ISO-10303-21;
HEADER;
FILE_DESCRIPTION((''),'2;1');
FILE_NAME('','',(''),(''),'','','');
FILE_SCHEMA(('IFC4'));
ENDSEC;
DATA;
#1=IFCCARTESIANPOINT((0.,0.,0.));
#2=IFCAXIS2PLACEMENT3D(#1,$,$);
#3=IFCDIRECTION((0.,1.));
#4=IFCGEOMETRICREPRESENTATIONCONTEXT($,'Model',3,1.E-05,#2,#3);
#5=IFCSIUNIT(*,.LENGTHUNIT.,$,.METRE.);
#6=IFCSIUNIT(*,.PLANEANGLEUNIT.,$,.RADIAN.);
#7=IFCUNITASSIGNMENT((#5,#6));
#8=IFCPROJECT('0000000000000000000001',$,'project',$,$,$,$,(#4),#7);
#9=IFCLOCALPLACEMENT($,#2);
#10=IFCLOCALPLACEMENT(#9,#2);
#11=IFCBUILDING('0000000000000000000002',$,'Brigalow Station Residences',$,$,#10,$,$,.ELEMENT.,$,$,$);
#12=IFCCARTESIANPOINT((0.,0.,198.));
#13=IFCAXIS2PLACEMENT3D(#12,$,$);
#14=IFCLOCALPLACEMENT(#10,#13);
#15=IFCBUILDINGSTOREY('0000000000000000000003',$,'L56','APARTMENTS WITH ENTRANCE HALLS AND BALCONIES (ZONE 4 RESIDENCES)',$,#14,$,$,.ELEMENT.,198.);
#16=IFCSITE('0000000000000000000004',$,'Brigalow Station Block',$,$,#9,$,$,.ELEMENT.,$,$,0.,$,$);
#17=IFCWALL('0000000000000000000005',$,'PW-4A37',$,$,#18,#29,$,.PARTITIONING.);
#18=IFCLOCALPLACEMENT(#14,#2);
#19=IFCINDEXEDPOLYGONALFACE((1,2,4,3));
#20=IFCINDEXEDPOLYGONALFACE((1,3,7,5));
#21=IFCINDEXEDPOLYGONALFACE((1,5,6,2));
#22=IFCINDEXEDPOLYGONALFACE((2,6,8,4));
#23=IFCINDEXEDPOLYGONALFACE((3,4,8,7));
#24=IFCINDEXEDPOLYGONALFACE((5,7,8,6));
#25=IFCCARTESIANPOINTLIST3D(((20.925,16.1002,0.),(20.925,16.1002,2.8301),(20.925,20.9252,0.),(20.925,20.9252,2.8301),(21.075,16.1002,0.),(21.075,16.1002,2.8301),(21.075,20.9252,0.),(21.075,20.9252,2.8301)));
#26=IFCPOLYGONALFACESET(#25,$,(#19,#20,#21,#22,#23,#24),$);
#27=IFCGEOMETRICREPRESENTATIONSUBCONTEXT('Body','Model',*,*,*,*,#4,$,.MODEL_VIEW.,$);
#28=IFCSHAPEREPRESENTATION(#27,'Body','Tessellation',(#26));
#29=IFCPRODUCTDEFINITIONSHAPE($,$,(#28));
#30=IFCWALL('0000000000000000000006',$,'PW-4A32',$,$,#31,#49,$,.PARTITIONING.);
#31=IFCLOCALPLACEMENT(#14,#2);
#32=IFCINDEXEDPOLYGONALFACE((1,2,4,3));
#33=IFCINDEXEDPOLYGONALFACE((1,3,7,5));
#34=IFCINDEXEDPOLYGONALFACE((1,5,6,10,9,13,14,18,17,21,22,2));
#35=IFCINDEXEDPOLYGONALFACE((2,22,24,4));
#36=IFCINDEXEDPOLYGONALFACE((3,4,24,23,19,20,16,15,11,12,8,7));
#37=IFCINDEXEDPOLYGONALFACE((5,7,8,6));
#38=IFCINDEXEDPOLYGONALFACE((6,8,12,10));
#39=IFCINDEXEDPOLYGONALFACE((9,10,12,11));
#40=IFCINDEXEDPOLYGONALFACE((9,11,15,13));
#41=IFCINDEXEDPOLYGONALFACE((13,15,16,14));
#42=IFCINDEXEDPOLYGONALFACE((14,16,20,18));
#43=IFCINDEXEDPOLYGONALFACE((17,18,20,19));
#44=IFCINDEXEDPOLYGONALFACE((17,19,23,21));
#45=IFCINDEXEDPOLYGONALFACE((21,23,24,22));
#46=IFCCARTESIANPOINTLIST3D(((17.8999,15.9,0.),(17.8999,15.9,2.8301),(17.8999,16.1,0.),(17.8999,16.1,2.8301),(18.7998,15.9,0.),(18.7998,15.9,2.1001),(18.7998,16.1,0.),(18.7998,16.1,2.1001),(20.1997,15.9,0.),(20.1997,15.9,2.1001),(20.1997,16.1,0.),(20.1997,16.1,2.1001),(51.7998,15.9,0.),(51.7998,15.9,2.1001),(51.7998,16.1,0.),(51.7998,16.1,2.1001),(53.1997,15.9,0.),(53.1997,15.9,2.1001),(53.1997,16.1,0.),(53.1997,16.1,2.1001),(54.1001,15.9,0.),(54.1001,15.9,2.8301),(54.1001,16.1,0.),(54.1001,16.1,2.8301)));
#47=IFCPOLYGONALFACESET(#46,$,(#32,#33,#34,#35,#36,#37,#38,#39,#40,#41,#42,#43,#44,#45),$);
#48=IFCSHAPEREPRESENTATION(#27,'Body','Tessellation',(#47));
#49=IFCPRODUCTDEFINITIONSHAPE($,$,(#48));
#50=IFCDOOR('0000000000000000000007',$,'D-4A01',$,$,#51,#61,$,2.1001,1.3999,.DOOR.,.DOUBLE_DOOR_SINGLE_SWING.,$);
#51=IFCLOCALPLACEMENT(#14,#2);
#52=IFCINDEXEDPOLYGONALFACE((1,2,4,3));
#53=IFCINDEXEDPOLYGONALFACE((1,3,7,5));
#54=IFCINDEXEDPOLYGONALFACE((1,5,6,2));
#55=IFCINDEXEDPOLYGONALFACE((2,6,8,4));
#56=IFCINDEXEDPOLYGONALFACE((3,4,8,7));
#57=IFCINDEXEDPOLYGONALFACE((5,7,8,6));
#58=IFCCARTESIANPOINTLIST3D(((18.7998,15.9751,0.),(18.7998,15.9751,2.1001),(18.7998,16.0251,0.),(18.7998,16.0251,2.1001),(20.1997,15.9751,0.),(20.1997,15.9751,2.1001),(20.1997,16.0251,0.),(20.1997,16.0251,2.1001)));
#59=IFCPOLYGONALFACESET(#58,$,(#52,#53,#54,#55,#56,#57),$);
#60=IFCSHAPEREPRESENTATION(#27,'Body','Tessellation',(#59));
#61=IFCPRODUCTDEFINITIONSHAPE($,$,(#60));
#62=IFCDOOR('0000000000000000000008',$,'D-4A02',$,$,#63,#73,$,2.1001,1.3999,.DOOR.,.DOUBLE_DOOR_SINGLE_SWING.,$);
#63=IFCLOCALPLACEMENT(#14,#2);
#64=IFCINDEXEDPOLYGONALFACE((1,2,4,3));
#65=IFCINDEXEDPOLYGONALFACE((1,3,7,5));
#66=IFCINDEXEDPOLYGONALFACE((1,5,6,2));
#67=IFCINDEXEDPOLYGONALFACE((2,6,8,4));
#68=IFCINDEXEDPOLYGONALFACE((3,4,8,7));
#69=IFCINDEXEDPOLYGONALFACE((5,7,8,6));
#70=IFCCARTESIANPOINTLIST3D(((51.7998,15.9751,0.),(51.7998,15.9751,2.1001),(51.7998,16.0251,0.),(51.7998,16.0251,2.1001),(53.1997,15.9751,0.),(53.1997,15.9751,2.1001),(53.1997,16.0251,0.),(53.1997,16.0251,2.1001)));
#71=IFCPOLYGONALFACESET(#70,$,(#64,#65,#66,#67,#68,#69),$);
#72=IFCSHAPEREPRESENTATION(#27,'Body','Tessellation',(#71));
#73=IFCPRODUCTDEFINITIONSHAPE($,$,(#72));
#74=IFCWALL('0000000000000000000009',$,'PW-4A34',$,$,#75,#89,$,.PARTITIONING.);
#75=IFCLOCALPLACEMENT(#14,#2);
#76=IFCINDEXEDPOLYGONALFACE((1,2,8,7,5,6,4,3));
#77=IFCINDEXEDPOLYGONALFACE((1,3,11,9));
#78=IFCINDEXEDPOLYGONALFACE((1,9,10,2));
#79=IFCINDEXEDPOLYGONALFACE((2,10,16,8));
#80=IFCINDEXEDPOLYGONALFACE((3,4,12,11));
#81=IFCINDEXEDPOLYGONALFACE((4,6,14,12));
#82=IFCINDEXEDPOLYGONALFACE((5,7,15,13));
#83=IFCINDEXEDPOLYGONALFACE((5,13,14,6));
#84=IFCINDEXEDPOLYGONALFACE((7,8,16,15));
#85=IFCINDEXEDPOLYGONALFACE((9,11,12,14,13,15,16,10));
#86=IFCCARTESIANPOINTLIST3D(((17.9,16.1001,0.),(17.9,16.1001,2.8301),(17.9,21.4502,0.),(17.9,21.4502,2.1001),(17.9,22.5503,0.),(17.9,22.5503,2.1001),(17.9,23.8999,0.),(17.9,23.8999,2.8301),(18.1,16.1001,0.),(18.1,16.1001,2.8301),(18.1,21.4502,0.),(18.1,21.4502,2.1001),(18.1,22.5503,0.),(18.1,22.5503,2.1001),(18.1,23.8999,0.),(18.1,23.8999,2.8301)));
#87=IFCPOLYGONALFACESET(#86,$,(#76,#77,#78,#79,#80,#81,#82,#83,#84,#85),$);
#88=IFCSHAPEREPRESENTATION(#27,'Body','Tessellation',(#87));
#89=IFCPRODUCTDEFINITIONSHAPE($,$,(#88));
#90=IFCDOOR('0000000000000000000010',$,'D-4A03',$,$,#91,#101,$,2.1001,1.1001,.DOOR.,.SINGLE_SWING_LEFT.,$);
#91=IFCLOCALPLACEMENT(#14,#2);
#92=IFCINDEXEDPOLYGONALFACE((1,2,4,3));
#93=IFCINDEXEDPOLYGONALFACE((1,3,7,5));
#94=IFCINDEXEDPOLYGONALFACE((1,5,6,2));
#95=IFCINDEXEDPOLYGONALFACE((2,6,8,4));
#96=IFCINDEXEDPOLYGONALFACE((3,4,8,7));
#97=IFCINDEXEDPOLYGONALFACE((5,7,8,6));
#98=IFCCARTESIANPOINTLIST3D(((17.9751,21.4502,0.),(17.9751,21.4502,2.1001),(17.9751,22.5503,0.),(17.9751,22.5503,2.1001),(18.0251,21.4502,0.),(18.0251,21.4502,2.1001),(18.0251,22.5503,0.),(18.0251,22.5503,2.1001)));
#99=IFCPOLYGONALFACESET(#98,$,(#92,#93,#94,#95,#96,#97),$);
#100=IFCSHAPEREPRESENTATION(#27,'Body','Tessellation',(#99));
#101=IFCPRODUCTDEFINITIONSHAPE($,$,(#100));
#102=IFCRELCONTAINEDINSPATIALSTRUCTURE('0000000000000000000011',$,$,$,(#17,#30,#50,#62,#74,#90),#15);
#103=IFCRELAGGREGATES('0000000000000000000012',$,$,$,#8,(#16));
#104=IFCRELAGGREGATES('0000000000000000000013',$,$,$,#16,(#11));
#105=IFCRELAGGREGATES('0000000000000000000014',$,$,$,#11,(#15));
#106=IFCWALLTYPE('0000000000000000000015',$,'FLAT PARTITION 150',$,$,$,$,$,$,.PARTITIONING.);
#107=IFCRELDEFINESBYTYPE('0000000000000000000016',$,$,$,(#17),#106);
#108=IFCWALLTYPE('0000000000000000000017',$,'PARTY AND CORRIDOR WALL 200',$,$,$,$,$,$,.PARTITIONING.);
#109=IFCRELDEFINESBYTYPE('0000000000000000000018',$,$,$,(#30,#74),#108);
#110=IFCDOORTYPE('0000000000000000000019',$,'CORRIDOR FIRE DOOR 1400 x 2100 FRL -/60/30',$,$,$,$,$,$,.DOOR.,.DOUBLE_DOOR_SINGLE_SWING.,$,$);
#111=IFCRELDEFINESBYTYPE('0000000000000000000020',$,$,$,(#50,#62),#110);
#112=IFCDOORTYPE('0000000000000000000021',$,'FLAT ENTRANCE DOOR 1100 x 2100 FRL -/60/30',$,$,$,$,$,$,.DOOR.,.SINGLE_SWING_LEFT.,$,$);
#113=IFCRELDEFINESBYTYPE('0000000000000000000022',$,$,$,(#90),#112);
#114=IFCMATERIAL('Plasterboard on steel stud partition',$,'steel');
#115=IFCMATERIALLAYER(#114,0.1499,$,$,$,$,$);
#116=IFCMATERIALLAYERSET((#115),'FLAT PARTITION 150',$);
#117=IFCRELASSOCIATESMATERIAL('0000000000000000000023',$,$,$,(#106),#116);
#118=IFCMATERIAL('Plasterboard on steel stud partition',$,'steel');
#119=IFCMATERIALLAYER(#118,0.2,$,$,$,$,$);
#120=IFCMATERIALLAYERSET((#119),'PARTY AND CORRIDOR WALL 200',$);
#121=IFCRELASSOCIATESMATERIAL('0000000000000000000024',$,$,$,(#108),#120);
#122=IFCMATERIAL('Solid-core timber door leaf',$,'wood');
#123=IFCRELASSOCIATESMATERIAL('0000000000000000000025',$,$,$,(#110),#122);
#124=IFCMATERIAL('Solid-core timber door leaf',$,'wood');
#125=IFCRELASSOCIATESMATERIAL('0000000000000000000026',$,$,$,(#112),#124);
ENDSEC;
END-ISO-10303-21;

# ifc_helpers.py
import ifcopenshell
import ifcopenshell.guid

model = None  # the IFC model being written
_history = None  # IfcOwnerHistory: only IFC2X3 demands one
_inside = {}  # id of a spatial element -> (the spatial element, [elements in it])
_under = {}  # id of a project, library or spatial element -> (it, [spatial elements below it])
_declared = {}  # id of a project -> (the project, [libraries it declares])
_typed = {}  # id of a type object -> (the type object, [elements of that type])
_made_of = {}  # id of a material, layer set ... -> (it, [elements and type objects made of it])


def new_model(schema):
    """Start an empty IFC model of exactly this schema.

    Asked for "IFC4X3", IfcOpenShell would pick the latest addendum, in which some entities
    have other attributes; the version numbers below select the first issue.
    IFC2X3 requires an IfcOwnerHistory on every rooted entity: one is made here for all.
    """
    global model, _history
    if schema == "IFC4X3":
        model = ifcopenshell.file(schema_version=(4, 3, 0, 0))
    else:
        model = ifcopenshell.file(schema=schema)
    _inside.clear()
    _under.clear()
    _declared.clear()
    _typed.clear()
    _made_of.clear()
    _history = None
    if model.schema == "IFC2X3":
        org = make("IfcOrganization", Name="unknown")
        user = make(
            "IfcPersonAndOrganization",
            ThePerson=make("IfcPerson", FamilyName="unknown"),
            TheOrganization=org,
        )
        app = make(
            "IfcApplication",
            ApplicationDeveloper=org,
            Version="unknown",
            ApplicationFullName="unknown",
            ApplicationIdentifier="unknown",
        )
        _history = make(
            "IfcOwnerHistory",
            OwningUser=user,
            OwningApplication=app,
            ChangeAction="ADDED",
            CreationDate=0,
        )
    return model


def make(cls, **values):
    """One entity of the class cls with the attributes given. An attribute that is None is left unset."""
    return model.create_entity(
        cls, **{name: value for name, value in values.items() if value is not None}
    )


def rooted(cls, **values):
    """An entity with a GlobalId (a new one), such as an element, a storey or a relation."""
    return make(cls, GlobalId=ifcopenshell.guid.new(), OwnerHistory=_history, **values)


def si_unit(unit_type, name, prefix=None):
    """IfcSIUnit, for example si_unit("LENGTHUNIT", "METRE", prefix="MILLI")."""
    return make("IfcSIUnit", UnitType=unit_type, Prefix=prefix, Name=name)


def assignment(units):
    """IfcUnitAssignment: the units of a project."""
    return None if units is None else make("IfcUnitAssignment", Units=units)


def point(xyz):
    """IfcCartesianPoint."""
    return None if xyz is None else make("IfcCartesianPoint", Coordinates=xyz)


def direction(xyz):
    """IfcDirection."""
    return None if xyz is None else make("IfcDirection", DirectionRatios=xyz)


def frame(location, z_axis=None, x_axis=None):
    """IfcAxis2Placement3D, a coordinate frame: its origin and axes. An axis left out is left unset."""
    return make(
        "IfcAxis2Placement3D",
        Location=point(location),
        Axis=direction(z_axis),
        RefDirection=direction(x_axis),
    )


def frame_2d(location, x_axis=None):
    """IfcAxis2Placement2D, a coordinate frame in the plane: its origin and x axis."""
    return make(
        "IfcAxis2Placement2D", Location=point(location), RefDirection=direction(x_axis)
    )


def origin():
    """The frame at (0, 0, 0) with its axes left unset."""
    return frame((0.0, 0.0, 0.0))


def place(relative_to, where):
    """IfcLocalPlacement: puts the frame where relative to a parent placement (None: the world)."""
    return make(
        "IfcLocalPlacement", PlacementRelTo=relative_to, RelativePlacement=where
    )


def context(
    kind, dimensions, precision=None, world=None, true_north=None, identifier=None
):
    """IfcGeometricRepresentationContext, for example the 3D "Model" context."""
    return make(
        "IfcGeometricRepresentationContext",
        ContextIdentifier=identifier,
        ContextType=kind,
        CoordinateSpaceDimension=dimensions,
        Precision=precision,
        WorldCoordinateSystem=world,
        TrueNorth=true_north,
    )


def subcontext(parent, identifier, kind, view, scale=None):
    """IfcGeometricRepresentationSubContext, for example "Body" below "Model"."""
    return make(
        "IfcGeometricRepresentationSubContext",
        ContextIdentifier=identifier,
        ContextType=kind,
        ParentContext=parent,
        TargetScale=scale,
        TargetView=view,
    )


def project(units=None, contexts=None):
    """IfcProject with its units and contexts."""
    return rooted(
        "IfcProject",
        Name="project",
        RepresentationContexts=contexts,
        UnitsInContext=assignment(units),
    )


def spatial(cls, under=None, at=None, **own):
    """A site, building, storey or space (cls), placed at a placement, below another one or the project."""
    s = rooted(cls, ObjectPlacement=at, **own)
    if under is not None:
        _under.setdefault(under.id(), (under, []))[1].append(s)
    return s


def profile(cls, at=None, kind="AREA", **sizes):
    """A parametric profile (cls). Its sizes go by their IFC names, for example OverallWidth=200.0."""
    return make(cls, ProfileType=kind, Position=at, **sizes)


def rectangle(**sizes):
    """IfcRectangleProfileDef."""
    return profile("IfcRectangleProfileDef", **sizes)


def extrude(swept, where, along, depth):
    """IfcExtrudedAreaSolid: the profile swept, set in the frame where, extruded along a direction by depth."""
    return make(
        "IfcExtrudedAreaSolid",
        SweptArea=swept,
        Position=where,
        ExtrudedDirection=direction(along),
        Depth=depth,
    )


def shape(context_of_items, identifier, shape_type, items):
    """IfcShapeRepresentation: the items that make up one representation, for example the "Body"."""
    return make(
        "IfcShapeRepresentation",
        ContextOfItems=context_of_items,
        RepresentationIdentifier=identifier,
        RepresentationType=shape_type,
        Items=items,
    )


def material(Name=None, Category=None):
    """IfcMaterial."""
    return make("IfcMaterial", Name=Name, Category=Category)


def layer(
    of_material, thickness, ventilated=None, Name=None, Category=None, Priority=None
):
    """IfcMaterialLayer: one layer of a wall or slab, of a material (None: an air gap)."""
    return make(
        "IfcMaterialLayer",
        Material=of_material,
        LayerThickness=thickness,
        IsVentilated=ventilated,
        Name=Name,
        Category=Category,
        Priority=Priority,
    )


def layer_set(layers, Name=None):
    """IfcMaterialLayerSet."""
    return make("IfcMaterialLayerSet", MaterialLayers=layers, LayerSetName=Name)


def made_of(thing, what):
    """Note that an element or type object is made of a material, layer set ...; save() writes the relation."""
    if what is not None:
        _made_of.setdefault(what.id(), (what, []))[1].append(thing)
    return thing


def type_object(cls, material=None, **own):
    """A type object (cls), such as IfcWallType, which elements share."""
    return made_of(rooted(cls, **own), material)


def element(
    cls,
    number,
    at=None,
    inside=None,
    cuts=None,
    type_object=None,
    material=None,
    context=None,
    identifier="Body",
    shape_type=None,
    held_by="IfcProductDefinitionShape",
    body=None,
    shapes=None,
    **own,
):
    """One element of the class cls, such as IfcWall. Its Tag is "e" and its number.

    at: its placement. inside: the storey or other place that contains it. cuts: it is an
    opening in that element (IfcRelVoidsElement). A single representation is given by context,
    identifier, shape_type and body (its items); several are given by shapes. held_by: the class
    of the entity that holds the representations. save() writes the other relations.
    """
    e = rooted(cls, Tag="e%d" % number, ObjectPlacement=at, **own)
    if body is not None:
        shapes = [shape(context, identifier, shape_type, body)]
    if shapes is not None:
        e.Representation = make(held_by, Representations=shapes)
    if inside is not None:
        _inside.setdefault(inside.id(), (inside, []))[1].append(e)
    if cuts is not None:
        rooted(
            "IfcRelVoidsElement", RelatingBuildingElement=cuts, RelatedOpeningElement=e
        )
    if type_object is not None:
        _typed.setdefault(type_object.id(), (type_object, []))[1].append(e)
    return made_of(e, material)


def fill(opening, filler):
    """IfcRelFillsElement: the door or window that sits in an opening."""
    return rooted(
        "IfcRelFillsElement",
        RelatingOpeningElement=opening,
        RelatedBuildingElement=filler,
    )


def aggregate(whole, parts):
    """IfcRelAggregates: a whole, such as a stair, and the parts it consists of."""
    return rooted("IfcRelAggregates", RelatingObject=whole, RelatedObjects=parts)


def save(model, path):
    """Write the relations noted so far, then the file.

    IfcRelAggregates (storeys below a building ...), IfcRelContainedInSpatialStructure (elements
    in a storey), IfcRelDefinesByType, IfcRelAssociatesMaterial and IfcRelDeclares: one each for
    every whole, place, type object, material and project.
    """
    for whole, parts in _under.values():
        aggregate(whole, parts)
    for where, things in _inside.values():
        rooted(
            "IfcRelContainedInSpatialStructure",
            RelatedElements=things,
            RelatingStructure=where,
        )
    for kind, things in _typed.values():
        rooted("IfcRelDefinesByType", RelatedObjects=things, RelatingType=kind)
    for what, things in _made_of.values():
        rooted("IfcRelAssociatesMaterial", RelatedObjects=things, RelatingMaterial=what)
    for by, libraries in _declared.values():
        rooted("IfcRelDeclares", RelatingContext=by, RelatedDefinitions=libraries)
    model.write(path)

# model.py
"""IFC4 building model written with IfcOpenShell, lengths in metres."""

from ifc_helpers import new_model, si_unit, direction, frame, frame_2d, origin, place, context, subcontext, project, spatial, rectangle, extrude, material, layer, layer_set, type_object, element, fill, save


model = new_model("IFC4")

# Units and contexts
model_context = context("Model", 3, precision=1e-05, world=origin(), true_north=direction((0.0, 1.0)))
body_context = subcontext(model_context, "Body", "Model", "MODEL_VIEW")
ifc_project = project(units=[si_unit("LENGTHUNIT", "METRE"), si_unit("PLANEANGLEUNIT", "RADIAN")], contexts=[model_context])

# Site, building, storey
site_placement = place(None, origin())
site = spatial("IfcSite", under=ifc_project, at=site_placement, Name="Brigalow Station Block", CompositionType="ELEMENT", RefElevation=0.0)
building_placement = place(site_placement, origin())
building = spatial("IfcBuilding", under=site, at=building_placement, Name="Brigalow Station Residences", CompositionType="ELEMENT")
storey_placement = place(building_placement, frame((0.0, 0.0, 198.0)))
storey = spatial("IfcBuildingStorey", under=building, at=storey_placement, Name="L56", Description="APARTMENTS WITH ENTRANCE HALLS AND BALCONIES (ZONE 4 RESIDENCES)", CompositionType="ELEMENT", Elevation=198.0)

# Wall
ifc_material_1 = material(Name="Plasterboard on steel stud partition", Category="steel")
ifc_layer_1 = layer(ifc_material_1, 0.1499)
ifc_layer_set_1 = layer_set([ifc_layer_1], Name="FLAT PARTITION 150")
wall_type_1 = type_object("IfcWallType", Name="FLAT PARTITION 150", PredefinedType="PARTITIONING", material=ifc_layer_set_1)
wall_1_placement = place(storey_placement, frame((21.0, 16.1001, 0.0), z_axis=(0.0, 0.0, 1.0), x_axis=(0.0, 1.0, 0.0)))
element("IfcWall", 1, at=wall_1_placement, inside=storey, type_object=wall_type_1, Name="PW-4A37", PredefinedType="PARTITIONING", context=body_context, shape_type="SweptSolid", body=[
    extrude(rectangle(XDim=4.825, YDim=0.1499, at=frame_2d((2.4126, 0.0))), origin(), (0.0, 0.0, 1.0), 2.8301),
])

# Wall, openings, doors
ifc_material_2 = material(Name="Plasterboard on steel stud partition", Category="steel")
ifc_layer_2 = layer(ifc_material_2, 0.2)
ifc_layer_set_2 = layer_set([ifc_layer_2], Name="PARTY AND CORRIDOR WALL 200")
wall_type_2 = type_object("IfcWallType", Name="PARTY AND CORRIDOR WALL 200", PredefinedType="PARTITIONING", material=ifc_layer_set_2)
wall_2_placement = place(storey_placement, frame((17.8999, 16.0, 0.0), z_axis=(0.0, 0.0, 1.0), x_axis=(1.0, 0.0, 0.0)))
wall_2 = element("IfcWall", 2, at=wall_2_placement, inside=storey, type_object=wall_type_2, Name="PW-4A32", PredefinedType="PARTITIONING", context=body_context, shape_type="SweptSolid", body=[
    extrude(rectangle(XDim=36.2002, YDim=0.2, at=frame_2d((18.1001, 0.0))), origin(), (0.0, 0.0, 1.0), 2.8301),
])
opening_1_placement = place(wall_2_placement, frame((0.8999, 0.0, 0.0)))
opening_1 = element("IfcOpeningElement", 3, at=opening_1_placement, cuts=wall_2, PredefinedType="OPENING", context=body_context, shape_type="SweptSolid", body=[
    extrude(rectangle(XDim=1.3999, YDim=2.1001, at=frame_2d((0.7, 1.05))), frame((0.0, 0.1099, 0.0), z_axis=(0.0, -1.0, 0.0), x_axis=(1.0, 0.0, 0.0)), (0.0, 0.0, 1.0), 0.22),
])
opening_2_placement = place(wall_2_placement, frame((33.8999, 0.0, 0.0)))
opening_2 = element("IfcOpeningElement", 4, at=opening_2_placement, cuts=wall_2, PredefinedType="OPENING", context=body_context, shape_type="SweptSolid", body=[
    extrude(rectangle(XDim=1.3999, YDim=2.1001, at=frame_2d((0.7, 1.05))), frame((0.0, 0.1099, 0.0), z_axis=(0.0, -1.0, 0.0), x_axis=(1.0, 0.0, 0.0)), (0.0, 0.0, 1.0), 0.22),
])
ifc_material_3 = material(Name="Solid-core timber door leaf", Category="wood")
door_type_1 = type_object("IfcDoorType", Name="CORRIDOR FIRE DOOR 1400 x 2100 FRL -/60/30", OperationType="DOUBLE_DOOR_SINGLE_SWING", PredefinedType="DOOR", material=ifc_material_3)
door_1_placement = place(opening_1_placement, frame((1.3999, 0.0, 0.0), z_axis=(0.0, 0.0, 1.0), x_axis=(-1.0, 0.0, 0.0)))
door_1 = element("IfcDoor", 5, at=door_1_placement, inside=storey, type_object=door_type_1, Name="D-4A01", OperationType="DOUBLE_DOOR_SINGLE_SWING", OverallHeight=2.1001, OverallWidth=1.3999, PredefinedType="DOOR", context=body_context, shape_type="SweptSolid", body=[
    extrude(rectangle(XDim=1.3999, YDim=2.1001, at=frame_2d((0.7, 1.05))), frame((0.0, 0.0249, 0.0), z_axis=(0.0, -1.0, 0.0), x_axis=(1.0, 0.0, 0.0)), (0.0, 0.0, 1.0), 0.05),
])
fill(opening_1, door_1)
door_2_placement = place(opening_2_placement, frame((1.3999, 0.0, 0.0), z_axis=(0.0, 0.0, 1.0), x_axis=(-1.0, 0.0, 0.0)))
door_2 = element("IfcDoor", 6, at=door_2_placement, inside=storey, type_object=door_type_1, Name="D-4A02", OperationType="DOUBLE_DOOR_SINGLE_SWING", OverallHeight=2.1001, OverallWidth=1.3999, PredefinedType="DOOR", context=body_context, shape_type="SweptSolid", body=[
    extrude(rectangle(XDim=1.3999, YDim=2.1001, at=frame_2d((0.7, 1.05))), frame((0.0, 0.0249, 0.0), z_axis=(0.0, -1.0, 0.0), x_axis=(1.0, 0.0, 0.0)), (0.0, 0.0, 1.0), 0.05),
])
fill(opening_2, door_2)

# Wall, opening, door
wall_3_placement = place(storey_placement, frame((18.0, 16.1001, 0.0), z_axis=(0.0, 0.0, 1.0), x_axis=(0.0, 1.0, 0.0)))
wall_3 = element("IfcWall", 7, at=wall_3_placement, inside=storey, type_object=wall_type_2, Name="PW-4A34", PredefinedType="PARTITIONING", context=body_context, shape_type="SweptSolid", body=[
    extrude(rectangle(XDim=7.7998, YDim=0.2, at=frame_2d((3.8999, 0.0))), origin(), (0.0, 0.0, 1.0), 2.8301),
])
opening_3_placement = place(wall_3_placement, frame((5.3501, 0.0, 0.0)))
opening_3 = element("IfcOpeningElement", 8, at=opening_3_placement, cuts=wall_3, PredefinedType="OPENING", context=body_context, shape_type="SweptSolid", body=[
    extrude(rectangle(XDim=1.1001, YDim=2.1001, at=frame_2d((0.55, 1.05))), frame((0.0, 0.1099, 0.0), z_axis=(0.0, -1.0, 0.0), x_axis=(1.0, 0.0, 0.0)), (0.0, 0.0, 1.0), 0.22),
])
ifc_material_4 = material(Name="Solid-core timber door leaf", Category="wood")
door_type_2 = type_object("IfcDoorType", Name="FLAT ENTRANCE DOOR 1100 x 2100 FRL -/60/30", OperationType="SINGLE_SWING_LEFT", PredefinedType="DOOR", material=ifc_material_4)
door_3_placement = place(opening_3_placement, origin())
door_3 = element("IfcDoor", 9, at=door_3_placement, inside=storey, type_object=door_type_2, Name="D-4A03", OperationType="SINGLE_SWING_LEFT", OverallHeight=2.1001, OverallWidth=1.1001, PredefinedType="DOOR", context=body_context, shape_type="SweptSolid", body=[
    extrude(rectangle(XDim=1.1001, YDim=2.1001, at=frame_2d((0.55, 1.05))), frame((0.0, 0.0249, 0.0), z_axis=(0.0, -1.0, 0.0), x_axis=(1.0, 0.0, 0.0)), (0.0, 0.0, 1.0), 0.05),
])
fill(opening_3, door_3)

save(model, "model.ifc")
